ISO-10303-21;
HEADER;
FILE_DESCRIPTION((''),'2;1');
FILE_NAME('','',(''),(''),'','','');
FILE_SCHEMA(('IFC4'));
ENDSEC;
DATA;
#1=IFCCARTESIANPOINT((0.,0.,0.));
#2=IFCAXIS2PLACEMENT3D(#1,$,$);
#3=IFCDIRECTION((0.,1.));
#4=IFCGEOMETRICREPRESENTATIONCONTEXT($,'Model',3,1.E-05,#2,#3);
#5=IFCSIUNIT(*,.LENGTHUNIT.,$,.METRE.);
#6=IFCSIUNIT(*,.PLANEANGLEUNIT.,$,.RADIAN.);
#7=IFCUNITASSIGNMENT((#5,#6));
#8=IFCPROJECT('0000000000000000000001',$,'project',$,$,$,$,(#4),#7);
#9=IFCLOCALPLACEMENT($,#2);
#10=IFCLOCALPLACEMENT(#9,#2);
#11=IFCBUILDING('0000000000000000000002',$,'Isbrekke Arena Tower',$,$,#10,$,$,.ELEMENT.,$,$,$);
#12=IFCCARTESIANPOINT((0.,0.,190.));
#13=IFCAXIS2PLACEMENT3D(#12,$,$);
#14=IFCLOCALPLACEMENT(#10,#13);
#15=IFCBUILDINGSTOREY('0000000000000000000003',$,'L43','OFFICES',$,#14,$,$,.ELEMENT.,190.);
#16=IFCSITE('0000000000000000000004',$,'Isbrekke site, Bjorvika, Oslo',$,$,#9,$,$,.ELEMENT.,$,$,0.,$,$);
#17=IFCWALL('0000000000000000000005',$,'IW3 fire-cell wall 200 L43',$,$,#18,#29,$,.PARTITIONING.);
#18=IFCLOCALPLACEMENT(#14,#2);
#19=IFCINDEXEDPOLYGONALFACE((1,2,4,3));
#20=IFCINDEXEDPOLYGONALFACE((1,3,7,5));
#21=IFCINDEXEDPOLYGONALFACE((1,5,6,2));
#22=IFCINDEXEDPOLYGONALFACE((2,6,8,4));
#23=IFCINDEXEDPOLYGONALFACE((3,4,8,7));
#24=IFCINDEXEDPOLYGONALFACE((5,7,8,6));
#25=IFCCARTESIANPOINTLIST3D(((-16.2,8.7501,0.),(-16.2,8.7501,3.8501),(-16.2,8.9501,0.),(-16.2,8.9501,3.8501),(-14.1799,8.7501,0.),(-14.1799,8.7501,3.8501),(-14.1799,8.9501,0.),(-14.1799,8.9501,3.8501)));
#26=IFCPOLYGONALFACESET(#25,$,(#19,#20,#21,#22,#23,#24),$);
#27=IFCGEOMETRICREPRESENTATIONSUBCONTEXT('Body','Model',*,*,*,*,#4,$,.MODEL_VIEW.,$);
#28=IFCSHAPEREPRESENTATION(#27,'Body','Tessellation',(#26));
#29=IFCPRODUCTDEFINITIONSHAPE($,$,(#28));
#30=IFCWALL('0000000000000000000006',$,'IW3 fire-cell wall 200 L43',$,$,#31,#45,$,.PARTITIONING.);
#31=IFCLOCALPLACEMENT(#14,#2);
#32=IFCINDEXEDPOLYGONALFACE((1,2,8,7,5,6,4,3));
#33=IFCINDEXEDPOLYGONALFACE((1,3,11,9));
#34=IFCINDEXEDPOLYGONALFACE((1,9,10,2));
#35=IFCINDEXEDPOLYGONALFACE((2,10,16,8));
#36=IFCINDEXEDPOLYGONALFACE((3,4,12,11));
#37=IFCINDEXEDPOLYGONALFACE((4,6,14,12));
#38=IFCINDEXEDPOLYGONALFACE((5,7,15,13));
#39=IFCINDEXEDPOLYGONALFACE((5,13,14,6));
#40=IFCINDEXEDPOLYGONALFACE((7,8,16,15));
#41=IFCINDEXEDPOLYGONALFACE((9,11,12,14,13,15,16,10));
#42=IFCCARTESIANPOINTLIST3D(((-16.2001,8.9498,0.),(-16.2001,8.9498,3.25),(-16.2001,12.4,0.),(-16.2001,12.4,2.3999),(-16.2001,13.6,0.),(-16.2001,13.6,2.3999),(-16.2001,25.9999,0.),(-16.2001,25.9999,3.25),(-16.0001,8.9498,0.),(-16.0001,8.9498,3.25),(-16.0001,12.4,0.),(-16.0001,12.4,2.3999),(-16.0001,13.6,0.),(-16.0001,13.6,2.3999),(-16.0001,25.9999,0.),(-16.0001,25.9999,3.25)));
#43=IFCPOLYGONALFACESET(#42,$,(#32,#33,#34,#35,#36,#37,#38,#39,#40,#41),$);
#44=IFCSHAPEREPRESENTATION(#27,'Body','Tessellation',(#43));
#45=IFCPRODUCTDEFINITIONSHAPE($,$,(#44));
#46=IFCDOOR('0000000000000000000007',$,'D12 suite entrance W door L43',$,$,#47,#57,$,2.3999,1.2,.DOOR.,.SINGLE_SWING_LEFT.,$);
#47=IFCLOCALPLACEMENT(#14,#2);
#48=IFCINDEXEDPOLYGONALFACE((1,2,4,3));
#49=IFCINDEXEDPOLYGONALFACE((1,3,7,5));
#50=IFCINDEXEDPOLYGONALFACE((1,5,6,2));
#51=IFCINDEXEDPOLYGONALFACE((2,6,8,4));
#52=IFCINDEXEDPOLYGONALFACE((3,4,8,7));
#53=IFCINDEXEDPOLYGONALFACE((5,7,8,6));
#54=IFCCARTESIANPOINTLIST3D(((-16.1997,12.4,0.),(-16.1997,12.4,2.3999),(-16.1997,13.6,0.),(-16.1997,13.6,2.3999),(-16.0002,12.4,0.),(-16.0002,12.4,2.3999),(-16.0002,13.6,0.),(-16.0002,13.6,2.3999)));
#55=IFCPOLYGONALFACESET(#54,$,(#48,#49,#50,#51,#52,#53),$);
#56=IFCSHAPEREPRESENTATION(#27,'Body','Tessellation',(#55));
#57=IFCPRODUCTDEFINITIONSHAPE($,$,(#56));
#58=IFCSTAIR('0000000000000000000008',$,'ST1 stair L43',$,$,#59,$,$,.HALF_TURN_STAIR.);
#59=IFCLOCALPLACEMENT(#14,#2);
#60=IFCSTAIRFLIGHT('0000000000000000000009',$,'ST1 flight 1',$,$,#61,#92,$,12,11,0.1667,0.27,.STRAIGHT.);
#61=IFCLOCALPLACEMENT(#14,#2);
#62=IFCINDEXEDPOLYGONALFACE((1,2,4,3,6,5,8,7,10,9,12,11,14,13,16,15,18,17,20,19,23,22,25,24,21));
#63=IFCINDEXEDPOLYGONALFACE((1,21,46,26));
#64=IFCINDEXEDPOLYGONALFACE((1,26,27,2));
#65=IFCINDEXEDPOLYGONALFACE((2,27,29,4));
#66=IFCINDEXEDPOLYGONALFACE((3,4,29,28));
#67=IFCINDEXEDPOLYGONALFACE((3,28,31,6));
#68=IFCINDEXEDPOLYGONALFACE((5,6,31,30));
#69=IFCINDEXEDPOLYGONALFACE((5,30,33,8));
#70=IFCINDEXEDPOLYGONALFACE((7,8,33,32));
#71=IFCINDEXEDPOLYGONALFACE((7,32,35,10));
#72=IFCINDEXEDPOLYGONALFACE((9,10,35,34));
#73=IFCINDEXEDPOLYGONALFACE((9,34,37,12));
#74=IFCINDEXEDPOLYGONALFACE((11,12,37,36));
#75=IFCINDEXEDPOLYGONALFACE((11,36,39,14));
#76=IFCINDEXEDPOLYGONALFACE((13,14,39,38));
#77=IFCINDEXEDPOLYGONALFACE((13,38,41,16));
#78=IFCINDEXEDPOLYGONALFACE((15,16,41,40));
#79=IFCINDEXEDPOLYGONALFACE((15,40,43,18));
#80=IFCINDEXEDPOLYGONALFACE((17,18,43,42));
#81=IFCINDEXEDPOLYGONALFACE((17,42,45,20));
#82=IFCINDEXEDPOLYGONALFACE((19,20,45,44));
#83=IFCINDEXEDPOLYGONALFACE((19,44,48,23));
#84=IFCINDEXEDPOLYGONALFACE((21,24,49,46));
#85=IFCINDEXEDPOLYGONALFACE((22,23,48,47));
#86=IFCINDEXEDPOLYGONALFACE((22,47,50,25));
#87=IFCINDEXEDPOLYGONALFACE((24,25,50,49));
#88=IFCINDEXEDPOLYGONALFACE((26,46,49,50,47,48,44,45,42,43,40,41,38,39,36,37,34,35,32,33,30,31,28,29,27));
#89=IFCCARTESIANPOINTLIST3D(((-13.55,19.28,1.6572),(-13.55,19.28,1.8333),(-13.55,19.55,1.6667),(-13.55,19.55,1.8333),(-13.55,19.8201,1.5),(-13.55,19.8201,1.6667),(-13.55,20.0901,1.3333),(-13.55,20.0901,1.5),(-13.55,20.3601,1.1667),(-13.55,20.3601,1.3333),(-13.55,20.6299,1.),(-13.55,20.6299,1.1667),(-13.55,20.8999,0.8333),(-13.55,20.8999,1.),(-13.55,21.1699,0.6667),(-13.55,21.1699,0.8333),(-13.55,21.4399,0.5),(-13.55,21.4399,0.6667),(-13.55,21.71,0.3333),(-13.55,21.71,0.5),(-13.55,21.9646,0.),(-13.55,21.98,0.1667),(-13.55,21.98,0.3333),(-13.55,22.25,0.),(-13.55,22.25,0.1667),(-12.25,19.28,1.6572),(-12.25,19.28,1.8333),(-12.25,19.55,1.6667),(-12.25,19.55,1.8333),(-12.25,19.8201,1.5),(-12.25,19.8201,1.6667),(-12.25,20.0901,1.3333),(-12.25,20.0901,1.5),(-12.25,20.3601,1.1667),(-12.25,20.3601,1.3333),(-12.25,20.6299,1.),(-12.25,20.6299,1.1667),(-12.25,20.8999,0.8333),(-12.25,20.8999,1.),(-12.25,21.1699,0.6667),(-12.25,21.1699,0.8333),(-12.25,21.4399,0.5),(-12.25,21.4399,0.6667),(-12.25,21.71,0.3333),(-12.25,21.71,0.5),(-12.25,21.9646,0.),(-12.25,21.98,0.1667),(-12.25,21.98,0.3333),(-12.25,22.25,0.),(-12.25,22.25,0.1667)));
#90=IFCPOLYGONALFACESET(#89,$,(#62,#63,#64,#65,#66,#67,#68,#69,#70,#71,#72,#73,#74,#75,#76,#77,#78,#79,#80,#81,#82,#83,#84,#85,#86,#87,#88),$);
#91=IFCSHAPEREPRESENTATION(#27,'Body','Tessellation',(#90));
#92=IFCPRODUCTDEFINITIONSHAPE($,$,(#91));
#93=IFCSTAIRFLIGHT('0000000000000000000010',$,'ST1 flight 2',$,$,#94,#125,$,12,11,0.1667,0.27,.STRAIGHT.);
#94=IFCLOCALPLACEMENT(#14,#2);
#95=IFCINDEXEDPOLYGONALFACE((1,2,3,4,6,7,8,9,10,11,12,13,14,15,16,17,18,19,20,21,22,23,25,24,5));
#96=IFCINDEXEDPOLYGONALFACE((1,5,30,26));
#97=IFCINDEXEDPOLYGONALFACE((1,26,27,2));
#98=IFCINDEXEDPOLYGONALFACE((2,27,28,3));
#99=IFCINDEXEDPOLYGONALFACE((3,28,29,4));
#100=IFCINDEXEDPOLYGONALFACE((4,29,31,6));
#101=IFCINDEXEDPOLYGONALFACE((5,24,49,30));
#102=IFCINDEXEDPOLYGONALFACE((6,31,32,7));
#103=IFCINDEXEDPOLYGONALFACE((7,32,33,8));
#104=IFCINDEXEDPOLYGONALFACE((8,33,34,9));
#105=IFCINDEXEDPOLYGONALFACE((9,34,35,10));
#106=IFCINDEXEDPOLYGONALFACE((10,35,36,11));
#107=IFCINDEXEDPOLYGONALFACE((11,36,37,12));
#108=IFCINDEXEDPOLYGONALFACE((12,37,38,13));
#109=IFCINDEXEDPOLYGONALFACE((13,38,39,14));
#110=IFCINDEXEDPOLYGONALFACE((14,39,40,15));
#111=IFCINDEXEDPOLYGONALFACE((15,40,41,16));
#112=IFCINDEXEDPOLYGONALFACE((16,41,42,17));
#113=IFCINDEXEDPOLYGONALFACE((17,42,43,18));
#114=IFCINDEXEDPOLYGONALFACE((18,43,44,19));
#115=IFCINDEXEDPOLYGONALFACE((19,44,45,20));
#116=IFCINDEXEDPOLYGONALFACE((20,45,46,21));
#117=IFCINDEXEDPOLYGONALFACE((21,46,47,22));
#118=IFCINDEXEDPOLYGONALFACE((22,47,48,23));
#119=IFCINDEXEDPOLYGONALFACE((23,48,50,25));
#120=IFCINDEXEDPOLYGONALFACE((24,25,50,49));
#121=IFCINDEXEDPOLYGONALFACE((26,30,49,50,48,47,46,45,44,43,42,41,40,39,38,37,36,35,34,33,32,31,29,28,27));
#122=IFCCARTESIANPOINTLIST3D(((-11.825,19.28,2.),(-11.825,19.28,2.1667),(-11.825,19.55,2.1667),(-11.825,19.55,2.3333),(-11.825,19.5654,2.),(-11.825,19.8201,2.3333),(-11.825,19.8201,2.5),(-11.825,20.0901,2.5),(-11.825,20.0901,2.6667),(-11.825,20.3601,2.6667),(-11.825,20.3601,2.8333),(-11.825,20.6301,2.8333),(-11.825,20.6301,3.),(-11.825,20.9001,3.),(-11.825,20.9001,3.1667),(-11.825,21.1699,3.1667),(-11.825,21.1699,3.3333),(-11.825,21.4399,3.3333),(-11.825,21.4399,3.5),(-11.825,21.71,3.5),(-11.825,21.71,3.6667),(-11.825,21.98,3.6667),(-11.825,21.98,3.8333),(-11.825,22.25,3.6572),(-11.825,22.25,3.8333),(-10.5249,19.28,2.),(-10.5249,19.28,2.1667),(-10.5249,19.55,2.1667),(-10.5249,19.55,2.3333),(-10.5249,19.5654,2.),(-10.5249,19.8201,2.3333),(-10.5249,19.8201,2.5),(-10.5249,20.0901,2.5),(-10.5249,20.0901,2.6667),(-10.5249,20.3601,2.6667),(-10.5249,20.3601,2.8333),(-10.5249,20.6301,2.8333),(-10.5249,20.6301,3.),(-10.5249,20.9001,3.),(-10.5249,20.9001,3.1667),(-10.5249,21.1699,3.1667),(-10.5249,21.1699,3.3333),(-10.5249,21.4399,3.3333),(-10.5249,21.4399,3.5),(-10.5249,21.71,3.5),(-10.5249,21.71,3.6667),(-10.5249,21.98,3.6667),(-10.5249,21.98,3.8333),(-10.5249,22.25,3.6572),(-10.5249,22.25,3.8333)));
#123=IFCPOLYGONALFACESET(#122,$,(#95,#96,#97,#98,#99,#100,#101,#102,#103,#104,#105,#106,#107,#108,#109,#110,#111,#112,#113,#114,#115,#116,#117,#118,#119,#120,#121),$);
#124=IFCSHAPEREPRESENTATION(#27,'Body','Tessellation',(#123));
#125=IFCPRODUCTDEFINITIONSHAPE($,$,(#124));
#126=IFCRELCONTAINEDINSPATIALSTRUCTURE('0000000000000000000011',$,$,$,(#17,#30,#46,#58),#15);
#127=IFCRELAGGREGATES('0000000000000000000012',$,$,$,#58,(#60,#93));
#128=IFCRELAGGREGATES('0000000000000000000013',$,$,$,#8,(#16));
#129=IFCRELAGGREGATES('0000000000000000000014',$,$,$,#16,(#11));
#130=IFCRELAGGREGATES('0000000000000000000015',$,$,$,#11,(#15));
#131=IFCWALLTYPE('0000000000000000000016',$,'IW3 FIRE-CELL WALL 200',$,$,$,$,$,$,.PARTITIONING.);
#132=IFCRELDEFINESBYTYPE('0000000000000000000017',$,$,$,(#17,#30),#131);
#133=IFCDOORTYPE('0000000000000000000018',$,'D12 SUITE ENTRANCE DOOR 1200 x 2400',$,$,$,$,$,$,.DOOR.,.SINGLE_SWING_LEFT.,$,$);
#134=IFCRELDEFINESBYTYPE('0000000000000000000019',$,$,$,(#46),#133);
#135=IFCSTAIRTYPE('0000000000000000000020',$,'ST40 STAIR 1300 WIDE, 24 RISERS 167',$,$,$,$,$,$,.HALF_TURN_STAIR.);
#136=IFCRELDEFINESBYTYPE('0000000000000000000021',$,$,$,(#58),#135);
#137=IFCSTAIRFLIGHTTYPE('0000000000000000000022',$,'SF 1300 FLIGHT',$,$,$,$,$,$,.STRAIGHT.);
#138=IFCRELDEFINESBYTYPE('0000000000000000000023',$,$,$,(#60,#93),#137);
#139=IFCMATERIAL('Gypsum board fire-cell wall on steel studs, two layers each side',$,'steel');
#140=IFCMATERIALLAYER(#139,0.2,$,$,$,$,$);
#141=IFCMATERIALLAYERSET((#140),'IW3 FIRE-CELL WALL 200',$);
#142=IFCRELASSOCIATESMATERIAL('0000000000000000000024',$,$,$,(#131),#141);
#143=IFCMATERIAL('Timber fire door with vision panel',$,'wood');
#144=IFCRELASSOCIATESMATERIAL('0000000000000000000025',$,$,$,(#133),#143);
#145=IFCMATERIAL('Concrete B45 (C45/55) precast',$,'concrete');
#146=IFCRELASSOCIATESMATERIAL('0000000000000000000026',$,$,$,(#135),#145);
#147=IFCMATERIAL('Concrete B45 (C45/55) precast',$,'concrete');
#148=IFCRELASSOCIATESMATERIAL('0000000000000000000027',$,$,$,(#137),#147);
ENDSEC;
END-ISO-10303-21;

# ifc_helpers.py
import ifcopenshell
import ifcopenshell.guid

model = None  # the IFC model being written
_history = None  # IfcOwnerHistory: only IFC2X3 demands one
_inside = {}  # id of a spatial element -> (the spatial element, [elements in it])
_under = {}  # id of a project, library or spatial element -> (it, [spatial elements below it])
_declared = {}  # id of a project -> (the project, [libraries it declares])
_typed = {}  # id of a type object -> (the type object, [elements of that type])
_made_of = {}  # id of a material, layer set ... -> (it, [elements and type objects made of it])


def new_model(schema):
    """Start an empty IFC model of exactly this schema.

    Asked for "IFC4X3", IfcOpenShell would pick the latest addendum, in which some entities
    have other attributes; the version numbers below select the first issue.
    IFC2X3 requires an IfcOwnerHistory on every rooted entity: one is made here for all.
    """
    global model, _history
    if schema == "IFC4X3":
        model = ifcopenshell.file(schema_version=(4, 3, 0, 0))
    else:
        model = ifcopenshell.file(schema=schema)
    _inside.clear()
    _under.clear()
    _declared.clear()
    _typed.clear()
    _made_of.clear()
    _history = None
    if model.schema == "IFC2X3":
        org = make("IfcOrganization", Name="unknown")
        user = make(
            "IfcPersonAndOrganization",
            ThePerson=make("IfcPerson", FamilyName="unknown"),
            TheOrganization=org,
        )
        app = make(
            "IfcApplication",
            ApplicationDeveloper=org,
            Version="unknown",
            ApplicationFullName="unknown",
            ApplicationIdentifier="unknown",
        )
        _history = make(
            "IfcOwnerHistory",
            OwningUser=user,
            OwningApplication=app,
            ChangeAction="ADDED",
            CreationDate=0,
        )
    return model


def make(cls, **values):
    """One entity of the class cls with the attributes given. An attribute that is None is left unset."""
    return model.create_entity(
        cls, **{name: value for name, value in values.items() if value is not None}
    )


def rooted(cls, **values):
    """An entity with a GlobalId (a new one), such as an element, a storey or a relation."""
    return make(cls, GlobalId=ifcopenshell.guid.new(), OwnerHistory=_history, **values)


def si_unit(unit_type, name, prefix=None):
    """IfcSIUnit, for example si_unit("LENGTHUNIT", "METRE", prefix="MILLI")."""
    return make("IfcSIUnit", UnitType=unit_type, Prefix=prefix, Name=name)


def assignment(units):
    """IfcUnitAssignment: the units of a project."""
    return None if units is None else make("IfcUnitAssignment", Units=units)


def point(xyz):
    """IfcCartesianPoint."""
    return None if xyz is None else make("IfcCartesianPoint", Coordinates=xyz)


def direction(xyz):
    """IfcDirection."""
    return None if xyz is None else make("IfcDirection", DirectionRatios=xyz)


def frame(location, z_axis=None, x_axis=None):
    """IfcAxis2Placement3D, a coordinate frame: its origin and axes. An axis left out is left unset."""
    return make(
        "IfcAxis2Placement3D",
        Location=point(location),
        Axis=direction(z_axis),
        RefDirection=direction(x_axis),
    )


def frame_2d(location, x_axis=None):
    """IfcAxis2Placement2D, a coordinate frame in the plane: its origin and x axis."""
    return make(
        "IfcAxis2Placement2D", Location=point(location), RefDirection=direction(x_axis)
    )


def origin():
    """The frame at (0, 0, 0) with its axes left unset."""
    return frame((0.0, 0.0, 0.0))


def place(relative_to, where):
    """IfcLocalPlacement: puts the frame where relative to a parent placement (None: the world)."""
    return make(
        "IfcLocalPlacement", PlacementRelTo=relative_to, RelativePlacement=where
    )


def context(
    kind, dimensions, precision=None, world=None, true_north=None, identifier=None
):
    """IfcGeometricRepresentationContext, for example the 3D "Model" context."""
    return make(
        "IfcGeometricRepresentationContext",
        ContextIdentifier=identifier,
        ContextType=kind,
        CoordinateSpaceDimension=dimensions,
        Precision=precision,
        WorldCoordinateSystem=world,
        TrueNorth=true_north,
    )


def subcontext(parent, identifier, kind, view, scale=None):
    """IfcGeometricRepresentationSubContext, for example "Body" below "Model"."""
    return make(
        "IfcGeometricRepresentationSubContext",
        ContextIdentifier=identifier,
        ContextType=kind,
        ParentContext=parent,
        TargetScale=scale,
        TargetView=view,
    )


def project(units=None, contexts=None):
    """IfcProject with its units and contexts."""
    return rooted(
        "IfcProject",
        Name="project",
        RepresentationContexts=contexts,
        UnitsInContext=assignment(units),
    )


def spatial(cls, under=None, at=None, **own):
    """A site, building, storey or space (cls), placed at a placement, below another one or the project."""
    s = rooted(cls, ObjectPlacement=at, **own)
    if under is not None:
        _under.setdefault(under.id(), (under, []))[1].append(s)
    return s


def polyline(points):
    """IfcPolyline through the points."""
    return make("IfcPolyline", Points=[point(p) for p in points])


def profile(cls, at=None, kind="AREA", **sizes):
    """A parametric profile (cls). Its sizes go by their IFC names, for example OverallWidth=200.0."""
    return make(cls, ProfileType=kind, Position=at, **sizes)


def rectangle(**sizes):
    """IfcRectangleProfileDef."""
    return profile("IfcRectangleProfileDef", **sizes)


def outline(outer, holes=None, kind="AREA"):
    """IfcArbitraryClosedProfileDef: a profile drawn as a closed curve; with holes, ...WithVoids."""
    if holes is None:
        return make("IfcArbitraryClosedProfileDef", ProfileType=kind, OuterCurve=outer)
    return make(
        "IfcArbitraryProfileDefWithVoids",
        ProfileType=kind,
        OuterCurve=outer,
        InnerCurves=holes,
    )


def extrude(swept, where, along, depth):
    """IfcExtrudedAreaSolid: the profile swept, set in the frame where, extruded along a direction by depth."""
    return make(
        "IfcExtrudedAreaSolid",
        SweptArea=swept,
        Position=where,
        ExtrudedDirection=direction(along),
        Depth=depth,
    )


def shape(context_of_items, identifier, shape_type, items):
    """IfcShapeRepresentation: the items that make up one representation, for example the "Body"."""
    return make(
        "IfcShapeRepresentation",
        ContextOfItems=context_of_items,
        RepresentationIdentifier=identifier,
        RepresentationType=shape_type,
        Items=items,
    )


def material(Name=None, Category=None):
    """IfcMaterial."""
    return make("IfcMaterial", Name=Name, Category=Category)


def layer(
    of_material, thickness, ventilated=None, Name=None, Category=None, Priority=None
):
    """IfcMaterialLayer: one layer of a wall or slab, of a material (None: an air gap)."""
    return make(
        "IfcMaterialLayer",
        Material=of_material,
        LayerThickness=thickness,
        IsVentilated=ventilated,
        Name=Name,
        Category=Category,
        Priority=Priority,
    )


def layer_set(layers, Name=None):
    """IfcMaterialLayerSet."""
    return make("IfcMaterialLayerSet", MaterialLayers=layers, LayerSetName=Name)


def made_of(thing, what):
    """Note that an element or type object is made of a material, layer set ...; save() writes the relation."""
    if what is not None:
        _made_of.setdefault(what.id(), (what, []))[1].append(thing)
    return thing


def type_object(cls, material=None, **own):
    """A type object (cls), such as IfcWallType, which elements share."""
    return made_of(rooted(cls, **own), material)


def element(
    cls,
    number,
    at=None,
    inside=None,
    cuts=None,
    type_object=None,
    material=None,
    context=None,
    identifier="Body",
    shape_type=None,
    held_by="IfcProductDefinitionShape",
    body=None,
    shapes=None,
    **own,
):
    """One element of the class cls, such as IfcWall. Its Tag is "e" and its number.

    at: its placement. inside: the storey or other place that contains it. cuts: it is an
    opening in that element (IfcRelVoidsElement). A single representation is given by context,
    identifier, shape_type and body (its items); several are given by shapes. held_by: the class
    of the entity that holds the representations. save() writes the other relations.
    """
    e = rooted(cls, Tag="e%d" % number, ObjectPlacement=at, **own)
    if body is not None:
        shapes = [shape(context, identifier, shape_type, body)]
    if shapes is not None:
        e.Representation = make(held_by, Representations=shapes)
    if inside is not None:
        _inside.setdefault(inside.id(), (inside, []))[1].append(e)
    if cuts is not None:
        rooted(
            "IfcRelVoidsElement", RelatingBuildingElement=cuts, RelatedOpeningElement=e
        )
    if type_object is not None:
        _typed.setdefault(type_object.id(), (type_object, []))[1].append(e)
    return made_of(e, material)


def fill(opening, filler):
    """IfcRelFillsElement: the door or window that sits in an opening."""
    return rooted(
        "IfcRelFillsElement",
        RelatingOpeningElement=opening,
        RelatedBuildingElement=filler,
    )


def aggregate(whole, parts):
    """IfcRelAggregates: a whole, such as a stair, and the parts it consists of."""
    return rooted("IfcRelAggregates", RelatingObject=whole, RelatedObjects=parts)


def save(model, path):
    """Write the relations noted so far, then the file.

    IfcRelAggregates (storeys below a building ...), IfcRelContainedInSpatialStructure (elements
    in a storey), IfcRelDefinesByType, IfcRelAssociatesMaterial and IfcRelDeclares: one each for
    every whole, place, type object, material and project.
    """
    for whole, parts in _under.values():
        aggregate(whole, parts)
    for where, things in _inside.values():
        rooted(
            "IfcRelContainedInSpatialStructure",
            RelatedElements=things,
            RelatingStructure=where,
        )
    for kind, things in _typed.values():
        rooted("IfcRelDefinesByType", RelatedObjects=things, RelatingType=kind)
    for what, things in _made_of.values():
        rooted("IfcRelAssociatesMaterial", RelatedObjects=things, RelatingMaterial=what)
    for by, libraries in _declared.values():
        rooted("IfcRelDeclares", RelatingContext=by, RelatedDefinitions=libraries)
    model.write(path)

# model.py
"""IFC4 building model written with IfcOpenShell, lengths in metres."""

from ifc_helpers import new_model, si_unit, direction, frame, frame_2d, origin, place, context, subcontext, project, spatial, polyline, rectangle, outline, extrude, material, layer, layer_set, type_object, element, fill, aggregate, save


model = new_model("IFC4")

# Units and contexts
model_context = context("Model", 3, precision=1e-05, world=origin(), true_north=direction((0.0, 1.0)))
body_context = subcontext(model_context, "Body", "Model", "MODEL_VIEW")
ifc_project = project(units=[si_unit("LENGTHUNIT", "METRE"), si_unit("PLANEANGLEUNIT", "RADIAN")], contexts=[model_context])

# Site, building, storey
site_placement = place(None, origin())
site = spatial("IfcSite", under=ifc_project, at=site_placement, Name="Isbrekke site, Bjorvika, Oslo", CompositionType="ELEMENT", RefElevation=0.0)
building_placement = place(site_placement, origin())
building = spatial("IfcBuilding", under=site, at=building_placement, Name="Isbrekke Arena Tower", CompositionType="ELEMENT")
storey_placement = place(building_placement, frame((0.0, 0.0, 190.0)))
storey = spatial("IfcBuildingStorey", under=building, at=storey_placement, Name="L43", Description="OFFICES", CompositionType="ELEMENT", Elevation=190.0)

# Wall
ifc_material_1 = material(Name="Gypsum board fire-cell wall on steel studs, two layers each side", Category="steel")
ifc_layer_1 = layer(ifc_material_1, 0.2)
ifc_layer_set_1 = layer_set([ifc_layer_1], Name="IW3 FIRE-CELL WALL 200")
wall_type_1 = type_object("IfcWallType", Name="IW3 FIRE-CELL WALL 200", PredefinedType="PARTITIONING", material=ifc_layer_set_1)
wall_1_placement = place(storey_placement, frame((-16.2, 8.8501, 0.0), z_axis=(0.0, 0.0, 1.0), x_axis=(1.0, 0.0, 0.0)))
element("IfcWall", 1, at=wall_1_placement, inside=storey, type_object=wall_type_1, Name="IW3 fire-cell wall 200 L43", PredefinedType="PARTITIONING", context=body_context, shape_type="SweptSolid", body=[
    extrude(rectangle(XDim=2.02, YDim=0.2, at=frame_2d((1.01, 0.0))), origin(), (0.0, 0.0, 1.0), 3.8501),
])

# Wall, opening, door
wall_2_placement = place(storey_placement, frame((-16.1001, 8.95, 0.0), z_axis=(0.0, 0.0, 1.0), x_axis=(0.0, 1.0, 0.0)))
wall_2 = element("IfcWall", 2, at=wall_2_placement, inside=storey, type_object=wall_type_1, Name="IW3 fire-cell wall 200 L43", PredefinedType="PARTITIONING", context=body_context, shape_type="SweptSolid", body=[
    extrude(rectangle(XDim=17.05, YDim=0.2, at=frame_2d((8.5249, 0.0))), origin(), (0.0, 0.0, 1.0), 3.25),
])
opening_1_placement = place(wall_2_placement, frame((3.45, 0.0, 0.0)))
opening_1 = element("IfcOpeningElement", 3, at=opening_1_placement, cuts=wall_2, PredefinedType="OPENING", context=body_context, shape_type="SweptSolid", body=[
    extrude(rectangle(XDim=1.2, YDim=2.3999, at=frame_2d((0.6001, 1.2))), frame((0.0, 0.1147, 0.0), z_axis=(0.0, -1.0, 0.0), x_axis=(1.0, 0.0, 0.0)), (0.0, 0.0, 1.0), 0.2297),
])
ifc_material_2 = material(Name="Timber fire door with vision panel", Category="wood")
door_type_1 = type_object("IfcDoorType", Name="D12 SUITE ENTRANCE DOOR 1200 x 2400", OperationType="SINGLE_SWING_LEFT", PredefinedType="DOOR", material=ifc_material_2)
door_1_placement = place(opening_1_placement, origin())
door_1 = element("IfcDoor", 4, at=door_1_placement, inside=storey, type_object=door_type_1, Name="D12 suite entrance W door L43", OperationType="SINGLE_SWING_LEFT", OverallHeight=2.3999, OverallWidth=1.2, PredefinedType="DOOR", context=body_context, shape_type="SweptSolid", body=[
    extrude(rectangle(XDim=1.2, YDim=2.3999, at=frame_2d((0.6001, 1.2))), frame((0.0, 0.0996, 0.0), z_axis=(0.0, -1.0, 0.0), x_axis=(1.0, 0.0, 0.0)), (0.0, 0.0, 1.0), 0.1995),
])
fill(opening_1, door_1)

# Stair, stair flights
ifc_material_3 = material(Name="Concrete B45 (C45/55) precast", Category="concrete")
stair_type = type_object("IfcStairType", Name="ST40 STAIR 1300 WIDE, 24 RISERS 167", PredefinedType="HALF_TURN_STAIR", material=ifc_material_3)
stair_placement = place(storey_placement, origin())
stair = element("IfcStair", 5, at=stair_placement, inside=storey, type_object=stair_type, Name="ST1 stair L43", PredefinedType="HALF_TURN_STAIR")
ifc_material_4 = material(Name="Concrete B45 (C45/55) precast", Category="concrete")
stair_flight_type = type_object("IfcStairFlightType", Name="SF 1300 FLIGHT", PredefinedType="STRAIGHT", material=ifc_material_4)
stair_flight_1_placement = place(storey_placement, frame((-12.8999, 22.25, 0.0), z_axis=(0.0, 0.0, 1.0), x_axis=(0.0, -1.0, 0.0)))
stair_flight_1 = element("IfcStairFlight", 6, at=stair_flight_1_placement, type_object=stair_flight_type, Name="ST1 flight 1", NumberOfRisers=12, NumberOfTreads=11, PredefinedType="STRAIGHT", RiserHeight=0.1667, TreadLength=0.27, context=body_context, shape_type="SweptSolid", body=[
    extrude(outline(polyline([(0.0, 0.0), (0.0, 0.1667), (0.27, 0.1667), (0.27, 0.3333), (0.54, 0.3333), (0.54, 0.5), (0.8101, 0.5), (0.8101, 0.6667), (1.0801, 0.6667), (1.0801, 0.8333), (1.3501, 0.8333), (1.3501, 1.0), (1.6201, 1.0), (1.6201, 1.1667), (1.8899, 1.1667), (1.8899, 1.3333), (2.1599, 1.3333), (2.1599, 1.5), (2.4299, 1.5), (2.4299, 1.6667), (2.7, 1.6667), (2.7, 1.8333), (2.97, 1.8333), (2.97, 2.0), (2.97, 1.6572), (0.2854, 0.0), (0.0, 0.0)])), frame((0.0, 0.6499, 0.0), z_axis=(0.0, -1.0, 0.0), x_axis=(1.0, 0.0, 0.0)), (0.0, 0.0, 1.0), 1.3),
])
stair_flight_2_placement = place(storey_placement, frame((-11.175, 19.28, 2.0), z_axis=(0.0, 0.0, 1.0), x_axis=(0.0, 1.0, 0.0)))
stair_flight_2 = element("IfcStairFlight", 7, at=stair_flight_2_placement, type_object=stair_flight_type, Name="ST1 flight 2", NumberOfRisers=12, NumberOfTreads=11, PredefinedType="STRAIGHT", RiserHeight=0.1667, TreadLength=0.27, context=body_context, shape_type="SweptSolid", body=[
    extrude(outline(polyline([(0.0, 0.0), (0.0, 0.1667), (0.27, 0.1667), (0.27, 0.3333), (0.54, 0.3333), (0.54, 0.5), (0.8101, 0.5), (0.8101, 0.6667), (1.0801, 0.6667), (1.0801, 0.8333), (1.3501, 0.8333), (1.3501, 1.0), (1.6201, 1.0), (1.6201, 1.1667), (1.8899, 1.1667), (1.8899, 1.3333), (2.1599, 1.3333), (2.1599, 1.5), (2.4299, 1.5), (2.4299, 1.6667), (2.7, 1.6667), (2.7, 1.8333), (2.97, 1.8333), (2.97, 2.0), (2.97, 1.6572), (0.2854, 0.0), (0.0, 0.0)])), frame((0.0, 0.6499, 0.0), z_axis=(0.0, -1.0, 0.0), x_axis=(1.0, 0.0, 0.0)), (0.0, 0.0, 1.0), 1.3),
])
aggregate(stair, [stair_flight_1, stair_flight_2])

save(model, "model.ifc")
